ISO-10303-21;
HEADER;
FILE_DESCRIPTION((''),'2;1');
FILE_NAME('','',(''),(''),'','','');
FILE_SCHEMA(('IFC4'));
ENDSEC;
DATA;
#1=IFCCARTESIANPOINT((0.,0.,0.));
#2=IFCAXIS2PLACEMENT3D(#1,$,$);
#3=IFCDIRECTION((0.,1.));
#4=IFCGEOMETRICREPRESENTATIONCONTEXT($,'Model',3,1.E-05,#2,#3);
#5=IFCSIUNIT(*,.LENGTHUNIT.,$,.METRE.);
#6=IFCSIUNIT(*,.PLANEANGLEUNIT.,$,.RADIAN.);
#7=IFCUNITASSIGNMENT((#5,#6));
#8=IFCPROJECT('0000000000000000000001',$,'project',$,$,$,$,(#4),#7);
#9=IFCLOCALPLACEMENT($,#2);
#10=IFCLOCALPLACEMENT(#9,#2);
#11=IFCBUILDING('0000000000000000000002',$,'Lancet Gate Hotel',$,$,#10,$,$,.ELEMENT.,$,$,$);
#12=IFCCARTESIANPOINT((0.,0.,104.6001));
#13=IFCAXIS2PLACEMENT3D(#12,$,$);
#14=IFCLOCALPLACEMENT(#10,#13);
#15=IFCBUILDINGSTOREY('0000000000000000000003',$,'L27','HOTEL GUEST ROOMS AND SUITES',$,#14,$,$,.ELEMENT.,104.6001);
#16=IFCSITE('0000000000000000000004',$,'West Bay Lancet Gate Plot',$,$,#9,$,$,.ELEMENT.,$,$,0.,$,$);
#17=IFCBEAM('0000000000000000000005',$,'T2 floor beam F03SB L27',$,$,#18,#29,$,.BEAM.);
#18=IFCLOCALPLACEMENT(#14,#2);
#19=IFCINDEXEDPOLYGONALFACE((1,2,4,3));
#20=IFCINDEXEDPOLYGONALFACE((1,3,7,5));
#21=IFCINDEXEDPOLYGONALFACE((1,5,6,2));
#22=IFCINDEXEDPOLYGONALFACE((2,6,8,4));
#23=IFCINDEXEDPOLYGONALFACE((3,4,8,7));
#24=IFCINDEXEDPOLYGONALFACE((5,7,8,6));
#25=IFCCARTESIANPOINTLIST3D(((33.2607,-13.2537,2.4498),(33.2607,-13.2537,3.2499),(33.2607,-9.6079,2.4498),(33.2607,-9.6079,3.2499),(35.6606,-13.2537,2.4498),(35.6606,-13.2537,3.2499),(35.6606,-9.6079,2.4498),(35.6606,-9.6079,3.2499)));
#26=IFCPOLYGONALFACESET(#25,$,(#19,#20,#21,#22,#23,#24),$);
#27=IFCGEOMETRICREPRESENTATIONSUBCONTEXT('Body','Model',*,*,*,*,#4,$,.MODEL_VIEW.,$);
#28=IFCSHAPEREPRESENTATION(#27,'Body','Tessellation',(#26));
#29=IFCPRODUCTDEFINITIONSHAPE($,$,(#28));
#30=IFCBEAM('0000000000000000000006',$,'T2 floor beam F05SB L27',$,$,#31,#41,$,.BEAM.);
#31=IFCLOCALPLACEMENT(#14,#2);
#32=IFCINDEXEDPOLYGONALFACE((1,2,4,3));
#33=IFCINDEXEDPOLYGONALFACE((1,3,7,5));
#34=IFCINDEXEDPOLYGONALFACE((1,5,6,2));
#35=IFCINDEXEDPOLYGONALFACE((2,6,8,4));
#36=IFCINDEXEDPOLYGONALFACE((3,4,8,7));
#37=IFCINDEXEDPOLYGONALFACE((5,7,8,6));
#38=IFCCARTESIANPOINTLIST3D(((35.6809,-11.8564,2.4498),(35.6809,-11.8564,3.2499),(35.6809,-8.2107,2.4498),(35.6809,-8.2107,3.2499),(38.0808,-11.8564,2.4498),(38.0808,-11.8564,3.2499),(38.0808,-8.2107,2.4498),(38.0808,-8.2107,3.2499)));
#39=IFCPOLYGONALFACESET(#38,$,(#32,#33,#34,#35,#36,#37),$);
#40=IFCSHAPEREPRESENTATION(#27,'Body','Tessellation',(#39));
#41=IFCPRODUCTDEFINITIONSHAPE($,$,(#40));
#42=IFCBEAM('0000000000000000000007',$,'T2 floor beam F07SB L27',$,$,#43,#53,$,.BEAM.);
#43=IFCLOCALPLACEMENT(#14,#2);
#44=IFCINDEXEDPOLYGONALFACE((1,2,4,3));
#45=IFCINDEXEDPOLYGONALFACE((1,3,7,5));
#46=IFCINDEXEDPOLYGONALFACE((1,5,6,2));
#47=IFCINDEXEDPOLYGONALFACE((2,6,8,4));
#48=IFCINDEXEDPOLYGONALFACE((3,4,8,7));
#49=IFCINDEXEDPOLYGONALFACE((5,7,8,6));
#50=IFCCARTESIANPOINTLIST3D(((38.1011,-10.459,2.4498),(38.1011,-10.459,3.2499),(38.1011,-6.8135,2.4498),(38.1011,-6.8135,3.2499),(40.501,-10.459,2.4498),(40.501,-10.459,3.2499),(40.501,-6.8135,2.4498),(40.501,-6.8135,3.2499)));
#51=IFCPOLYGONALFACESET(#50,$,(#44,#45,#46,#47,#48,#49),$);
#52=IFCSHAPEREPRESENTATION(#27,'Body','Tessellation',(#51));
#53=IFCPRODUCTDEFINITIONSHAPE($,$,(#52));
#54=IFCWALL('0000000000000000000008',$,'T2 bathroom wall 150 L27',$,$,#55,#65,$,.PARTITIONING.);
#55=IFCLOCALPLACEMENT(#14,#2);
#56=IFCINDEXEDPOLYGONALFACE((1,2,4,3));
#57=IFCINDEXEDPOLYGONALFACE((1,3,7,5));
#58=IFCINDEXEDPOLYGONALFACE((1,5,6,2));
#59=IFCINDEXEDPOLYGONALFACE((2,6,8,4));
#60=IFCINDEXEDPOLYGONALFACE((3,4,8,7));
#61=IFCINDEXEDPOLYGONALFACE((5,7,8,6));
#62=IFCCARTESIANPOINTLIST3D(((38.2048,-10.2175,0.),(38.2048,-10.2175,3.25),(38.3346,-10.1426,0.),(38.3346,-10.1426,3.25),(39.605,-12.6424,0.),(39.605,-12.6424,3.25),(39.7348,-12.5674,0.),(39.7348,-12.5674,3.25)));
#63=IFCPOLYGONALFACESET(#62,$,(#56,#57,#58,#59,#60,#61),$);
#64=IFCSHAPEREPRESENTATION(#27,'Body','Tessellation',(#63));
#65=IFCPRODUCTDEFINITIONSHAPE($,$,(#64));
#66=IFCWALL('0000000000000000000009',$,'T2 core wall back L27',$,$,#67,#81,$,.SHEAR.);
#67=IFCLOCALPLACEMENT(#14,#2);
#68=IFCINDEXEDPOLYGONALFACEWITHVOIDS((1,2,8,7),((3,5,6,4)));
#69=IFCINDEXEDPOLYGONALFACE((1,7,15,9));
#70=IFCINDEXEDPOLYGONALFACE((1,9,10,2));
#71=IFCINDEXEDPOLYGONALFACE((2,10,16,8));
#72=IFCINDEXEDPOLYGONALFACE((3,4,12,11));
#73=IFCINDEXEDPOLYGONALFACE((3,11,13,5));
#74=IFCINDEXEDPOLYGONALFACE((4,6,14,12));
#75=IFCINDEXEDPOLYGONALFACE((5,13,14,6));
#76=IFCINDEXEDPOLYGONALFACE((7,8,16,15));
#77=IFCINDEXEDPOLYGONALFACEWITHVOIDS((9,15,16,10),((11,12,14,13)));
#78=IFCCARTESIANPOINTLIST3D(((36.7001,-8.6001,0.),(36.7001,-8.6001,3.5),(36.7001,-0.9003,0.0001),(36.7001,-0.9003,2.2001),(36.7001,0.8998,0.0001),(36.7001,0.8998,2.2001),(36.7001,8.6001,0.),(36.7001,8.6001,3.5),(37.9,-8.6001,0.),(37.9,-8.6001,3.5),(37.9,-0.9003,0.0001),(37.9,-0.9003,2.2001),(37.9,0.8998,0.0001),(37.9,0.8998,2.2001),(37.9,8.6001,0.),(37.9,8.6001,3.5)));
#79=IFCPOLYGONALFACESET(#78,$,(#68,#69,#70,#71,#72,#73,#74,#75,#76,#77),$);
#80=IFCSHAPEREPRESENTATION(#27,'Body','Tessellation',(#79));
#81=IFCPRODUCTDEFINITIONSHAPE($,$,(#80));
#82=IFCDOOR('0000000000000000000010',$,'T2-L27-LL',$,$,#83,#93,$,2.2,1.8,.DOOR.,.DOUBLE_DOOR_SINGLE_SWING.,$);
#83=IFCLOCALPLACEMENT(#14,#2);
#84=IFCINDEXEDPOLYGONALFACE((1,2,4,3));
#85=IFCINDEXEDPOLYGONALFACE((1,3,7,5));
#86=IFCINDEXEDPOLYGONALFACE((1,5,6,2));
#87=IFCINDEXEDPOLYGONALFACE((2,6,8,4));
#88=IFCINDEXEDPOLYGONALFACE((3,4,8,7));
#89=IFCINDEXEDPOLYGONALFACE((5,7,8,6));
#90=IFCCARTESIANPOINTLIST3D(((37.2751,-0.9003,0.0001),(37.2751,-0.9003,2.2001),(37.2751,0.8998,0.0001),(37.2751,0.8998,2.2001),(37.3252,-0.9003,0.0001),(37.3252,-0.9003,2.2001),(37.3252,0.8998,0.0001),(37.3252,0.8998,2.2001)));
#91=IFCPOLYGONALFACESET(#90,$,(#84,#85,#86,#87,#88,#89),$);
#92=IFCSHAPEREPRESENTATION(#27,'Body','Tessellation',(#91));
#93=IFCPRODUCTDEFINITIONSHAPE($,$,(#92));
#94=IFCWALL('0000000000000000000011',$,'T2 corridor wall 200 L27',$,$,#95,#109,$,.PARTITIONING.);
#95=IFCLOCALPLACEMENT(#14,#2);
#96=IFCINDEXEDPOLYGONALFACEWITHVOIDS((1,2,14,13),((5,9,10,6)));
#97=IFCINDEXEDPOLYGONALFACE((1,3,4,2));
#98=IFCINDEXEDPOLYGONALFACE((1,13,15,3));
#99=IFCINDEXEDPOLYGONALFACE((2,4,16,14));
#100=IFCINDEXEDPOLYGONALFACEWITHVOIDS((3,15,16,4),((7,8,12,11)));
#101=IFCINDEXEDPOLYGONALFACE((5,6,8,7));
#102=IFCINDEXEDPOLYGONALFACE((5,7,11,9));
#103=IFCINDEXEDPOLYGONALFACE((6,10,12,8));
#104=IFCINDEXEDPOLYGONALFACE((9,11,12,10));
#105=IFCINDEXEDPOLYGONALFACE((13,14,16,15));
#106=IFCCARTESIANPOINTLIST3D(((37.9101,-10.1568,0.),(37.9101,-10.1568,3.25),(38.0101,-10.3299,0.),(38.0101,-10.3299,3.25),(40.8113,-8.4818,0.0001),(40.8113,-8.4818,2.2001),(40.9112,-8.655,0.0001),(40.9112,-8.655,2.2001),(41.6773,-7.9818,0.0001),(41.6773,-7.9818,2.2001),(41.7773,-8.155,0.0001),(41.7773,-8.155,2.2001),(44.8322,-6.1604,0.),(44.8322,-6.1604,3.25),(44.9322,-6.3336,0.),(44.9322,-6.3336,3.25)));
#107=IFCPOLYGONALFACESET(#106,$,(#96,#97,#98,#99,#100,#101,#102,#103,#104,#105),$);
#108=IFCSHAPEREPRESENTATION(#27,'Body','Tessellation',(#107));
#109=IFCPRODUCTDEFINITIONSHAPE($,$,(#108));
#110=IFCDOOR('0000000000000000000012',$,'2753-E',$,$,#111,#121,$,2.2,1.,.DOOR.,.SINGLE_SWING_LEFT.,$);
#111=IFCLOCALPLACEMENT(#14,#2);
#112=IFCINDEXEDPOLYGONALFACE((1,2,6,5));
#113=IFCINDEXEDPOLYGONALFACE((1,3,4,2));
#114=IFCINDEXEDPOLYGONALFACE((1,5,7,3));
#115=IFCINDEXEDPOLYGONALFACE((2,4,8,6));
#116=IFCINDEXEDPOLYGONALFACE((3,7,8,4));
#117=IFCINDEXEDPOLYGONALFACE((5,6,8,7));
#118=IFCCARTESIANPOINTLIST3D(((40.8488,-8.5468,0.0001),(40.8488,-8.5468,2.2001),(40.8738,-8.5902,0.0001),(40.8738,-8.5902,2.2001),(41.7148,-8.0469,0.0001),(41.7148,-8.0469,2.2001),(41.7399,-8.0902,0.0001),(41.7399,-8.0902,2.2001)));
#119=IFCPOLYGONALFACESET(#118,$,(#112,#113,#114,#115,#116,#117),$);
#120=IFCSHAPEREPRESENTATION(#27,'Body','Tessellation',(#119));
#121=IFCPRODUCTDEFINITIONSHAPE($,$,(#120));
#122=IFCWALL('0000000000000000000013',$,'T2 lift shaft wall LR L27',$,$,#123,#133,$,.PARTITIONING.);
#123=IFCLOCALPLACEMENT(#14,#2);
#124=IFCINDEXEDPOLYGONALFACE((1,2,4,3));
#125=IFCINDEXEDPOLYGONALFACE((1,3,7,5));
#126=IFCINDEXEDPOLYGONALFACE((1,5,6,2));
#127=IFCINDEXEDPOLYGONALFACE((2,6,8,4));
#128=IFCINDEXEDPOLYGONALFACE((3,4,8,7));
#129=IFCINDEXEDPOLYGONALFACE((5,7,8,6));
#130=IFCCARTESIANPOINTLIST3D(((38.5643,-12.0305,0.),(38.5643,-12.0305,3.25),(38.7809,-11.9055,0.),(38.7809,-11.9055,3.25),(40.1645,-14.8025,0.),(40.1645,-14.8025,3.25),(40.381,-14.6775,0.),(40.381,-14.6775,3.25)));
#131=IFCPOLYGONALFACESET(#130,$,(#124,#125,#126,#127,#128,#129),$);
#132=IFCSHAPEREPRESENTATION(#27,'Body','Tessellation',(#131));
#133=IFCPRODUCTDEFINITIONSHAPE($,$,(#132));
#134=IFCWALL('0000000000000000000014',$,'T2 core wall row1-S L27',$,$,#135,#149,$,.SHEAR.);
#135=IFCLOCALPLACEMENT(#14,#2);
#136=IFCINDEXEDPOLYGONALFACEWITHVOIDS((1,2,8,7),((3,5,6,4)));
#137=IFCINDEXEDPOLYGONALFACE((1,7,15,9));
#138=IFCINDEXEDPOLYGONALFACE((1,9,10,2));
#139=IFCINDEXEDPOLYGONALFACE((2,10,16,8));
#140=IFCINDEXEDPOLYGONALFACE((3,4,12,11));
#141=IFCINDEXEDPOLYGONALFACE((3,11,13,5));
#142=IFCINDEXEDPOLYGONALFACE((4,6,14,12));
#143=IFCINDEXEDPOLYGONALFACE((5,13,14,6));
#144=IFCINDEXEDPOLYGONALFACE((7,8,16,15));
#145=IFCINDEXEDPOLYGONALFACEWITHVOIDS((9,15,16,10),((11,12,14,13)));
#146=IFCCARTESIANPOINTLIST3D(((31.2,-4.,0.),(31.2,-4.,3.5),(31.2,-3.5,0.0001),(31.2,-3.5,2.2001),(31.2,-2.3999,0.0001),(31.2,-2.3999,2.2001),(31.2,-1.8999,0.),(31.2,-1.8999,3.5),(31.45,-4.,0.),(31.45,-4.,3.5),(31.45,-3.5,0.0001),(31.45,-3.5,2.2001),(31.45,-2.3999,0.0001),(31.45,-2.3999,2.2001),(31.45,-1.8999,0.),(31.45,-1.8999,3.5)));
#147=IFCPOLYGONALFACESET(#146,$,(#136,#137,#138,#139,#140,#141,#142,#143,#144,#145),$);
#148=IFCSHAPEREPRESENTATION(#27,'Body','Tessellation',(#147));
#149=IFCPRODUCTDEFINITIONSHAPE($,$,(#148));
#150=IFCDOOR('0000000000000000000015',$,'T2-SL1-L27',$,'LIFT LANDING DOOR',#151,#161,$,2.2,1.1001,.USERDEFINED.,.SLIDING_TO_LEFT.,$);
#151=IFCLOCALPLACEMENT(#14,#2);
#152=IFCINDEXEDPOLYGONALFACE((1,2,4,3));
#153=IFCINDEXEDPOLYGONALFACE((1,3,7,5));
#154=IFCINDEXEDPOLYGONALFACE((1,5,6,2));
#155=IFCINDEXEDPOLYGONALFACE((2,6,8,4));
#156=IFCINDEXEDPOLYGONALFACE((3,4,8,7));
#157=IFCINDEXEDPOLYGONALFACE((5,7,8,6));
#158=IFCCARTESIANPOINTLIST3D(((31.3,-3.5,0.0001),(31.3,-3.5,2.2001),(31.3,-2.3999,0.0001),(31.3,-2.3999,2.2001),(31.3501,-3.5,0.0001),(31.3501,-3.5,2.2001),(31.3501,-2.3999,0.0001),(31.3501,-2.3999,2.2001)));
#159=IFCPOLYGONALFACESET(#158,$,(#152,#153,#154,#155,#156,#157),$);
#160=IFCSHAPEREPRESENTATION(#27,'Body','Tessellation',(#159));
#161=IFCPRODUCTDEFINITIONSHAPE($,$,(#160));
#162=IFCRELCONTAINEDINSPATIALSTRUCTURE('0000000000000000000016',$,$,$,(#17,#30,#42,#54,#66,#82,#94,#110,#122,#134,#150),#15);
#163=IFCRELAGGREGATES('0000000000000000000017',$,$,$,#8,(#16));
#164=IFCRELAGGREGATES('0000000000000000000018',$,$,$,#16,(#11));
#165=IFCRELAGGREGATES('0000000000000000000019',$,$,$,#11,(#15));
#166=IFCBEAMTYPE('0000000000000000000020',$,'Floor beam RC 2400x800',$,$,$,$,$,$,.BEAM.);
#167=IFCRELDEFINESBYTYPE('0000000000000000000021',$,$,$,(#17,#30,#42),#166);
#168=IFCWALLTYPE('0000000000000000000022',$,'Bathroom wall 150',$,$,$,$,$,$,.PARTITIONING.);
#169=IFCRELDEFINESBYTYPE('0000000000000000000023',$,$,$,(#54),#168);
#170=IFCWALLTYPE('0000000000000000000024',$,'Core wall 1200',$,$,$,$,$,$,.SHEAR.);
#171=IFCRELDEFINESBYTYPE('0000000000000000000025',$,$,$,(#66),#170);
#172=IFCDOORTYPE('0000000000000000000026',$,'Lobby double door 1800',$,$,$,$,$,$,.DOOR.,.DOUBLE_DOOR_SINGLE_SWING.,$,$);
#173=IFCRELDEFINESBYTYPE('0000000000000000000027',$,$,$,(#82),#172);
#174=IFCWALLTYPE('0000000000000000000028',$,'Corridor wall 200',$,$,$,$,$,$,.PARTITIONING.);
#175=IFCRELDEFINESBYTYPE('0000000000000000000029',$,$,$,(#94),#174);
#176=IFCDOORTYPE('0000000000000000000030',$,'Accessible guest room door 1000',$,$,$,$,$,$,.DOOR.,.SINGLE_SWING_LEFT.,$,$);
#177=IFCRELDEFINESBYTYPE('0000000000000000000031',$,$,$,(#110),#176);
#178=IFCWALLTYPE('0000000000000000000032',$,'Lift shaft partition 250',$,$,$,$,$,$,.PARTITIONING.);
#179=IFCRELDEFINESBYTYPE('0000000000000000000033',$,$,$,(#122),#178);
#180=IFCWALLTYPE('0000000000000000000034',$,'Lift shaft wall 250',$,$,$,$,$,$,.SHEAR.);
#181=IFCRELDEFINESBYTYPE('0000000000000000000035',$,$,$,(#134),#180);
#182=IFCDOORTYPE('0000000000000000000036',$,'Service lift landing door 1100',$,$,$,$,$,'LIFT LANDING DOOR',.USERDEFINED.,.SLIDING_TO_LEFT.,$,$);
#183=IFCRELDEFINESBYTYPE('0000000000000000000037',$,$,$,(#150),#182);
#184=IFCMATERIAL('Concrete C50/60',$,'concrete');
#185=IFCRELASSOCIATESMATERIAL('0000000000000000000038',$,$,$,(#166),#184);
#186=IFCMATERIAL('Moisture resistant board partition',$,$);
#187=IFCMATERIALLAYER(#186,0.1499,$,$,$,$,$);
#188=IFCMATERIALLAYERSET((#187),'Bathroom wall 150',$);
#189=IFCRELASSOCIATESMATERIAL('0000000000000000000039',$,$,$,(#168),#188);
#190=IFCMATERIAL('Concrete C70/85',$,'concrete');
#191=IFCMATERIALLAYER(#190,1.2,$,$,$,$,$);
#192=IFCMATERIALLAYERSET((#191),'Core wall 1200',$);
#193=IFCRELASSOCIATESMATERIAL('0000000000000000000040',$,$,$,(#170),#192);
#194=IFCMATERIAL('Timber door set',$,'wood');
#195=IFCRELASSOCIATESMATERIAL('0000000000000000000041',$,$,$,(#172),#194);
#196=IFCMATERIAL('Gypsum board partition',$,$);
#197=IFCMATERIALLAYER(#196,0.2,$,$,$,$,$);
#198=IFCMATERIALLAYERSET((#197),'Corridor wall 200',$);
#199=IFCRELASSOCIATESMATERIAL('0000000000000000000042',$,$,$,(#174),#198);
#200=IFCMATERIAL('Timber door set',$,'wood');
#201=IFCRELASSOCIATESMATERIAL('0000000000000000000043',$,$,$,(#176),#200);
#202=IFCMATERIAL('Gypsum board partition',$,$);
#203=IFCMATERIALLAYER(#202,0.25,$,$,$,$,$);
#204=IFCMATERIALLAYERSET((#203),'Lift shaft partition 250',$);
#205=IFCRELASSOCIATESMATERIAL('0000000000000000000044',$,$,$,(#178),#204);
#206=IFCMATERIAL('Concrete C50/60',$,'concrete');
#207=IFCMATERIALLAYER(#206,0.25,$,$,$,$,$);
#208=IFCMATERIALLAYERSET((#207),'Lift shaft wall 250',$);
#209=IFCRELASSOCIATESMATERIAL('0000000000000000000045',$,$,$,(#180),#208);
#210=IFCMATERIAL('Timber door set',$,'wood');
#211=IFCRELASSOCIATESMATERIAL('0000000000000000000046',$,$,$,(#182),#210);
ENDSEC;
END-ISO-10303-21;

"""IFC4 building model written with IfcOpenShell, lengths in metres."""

from ifc_helpers import new_model, si_unit, direction, frame, frame_2d, origin, origin_2d, place, context, subcontext, project, spatial, rectangle, extrude, material, layer, layer_set, material_profile, profile_set, type_object, element, fill, save


model = new_model("IFC4")

# Units and contexts
model_context = context("Model", 3, precision=1e-05, world=origin(), true_north=direction((0.0, 1.0)))
body_context = subcontext(model_context, "Body", "Model", "MODEL_VIEW")
ifc_project = project(units=[si_unit("LENGTHUNIT", "METRE"), si_unit("PLANEANGLEUNIT", "RADIAN")], contexts=[model_context])

# Site, building, storey
site_placement = place(None, origin())
site = spatial("IfcSite", under=ifc_project, at=site_placement, Name="West Bay Lancet Gate Plot", CompositionType="ELEMENT", RefElevation=0.0)
building_placement = place(site_placement, origin())
building = spatial("IfcBuilding", under=site, at=building_placement, Name="Lancet Gate Hotel", CompositionType="ELEMENT")
storey_placement = place(building_placement, frame((0.0, 0.0, 104.6001)))
storey = spatial("IfcBuildingStorey", under=building, at=storey_placement, Name="L27", Description="HOTEL GUEST ROOMS AND SUITES", CompositionType="ELEMENT", Elevation=104.6001)

# Beams
ifc_material_1 = material(Name="Concrete C50/60", Category="concrete")
ifc_material_profile = material_profile(ifc_material_1, rectangle(XDim=2.3999, YDim=0.8, at=origin_2d()), Name="RC 2400x800")
ifc_profile_set = profile_set([ifc_material_profile], Name="Concrete C50/60")
beam_type = type_object("IfcBeamType", Name="Floor beam RC 2400x800", PredefinedType="BEAM", material=ifc_profile_set)
for number, where, z_axis, x_axis, name in (
    (1, (34.4607, -13.2537, 2.8499), (0.0, 1.0, 0.0), (-1.0, 0.0, 0.0), "T2 floor beam F03SB L27"),
    (2, (36.8809, -11.8564, 2.8499), (0.0, 1.0, 0.0), (-1.0, 0.0, 0.0), "T2 floor beam F05SB L27"),
):
    element("IfcBeam", number, at=place(storey_placement, frame(where, z_axis=z_axis, x_axis=x_axis)), inside=storey, type_object=beam_type, Name=name, PredefinedType="BEAM", context=body_context, shape_type="SweptSolid", body=[
        extrude(rectangle(XDim=2.3999, YDim=0.8, at=origin_2d()), origin(), (0.0, 0.0, 1.0), 3.6458),
    ])
beam_placement = place(storey_placement, frame((39.301, -10.459, 2.8499), z_axis=(0.0, 1.0, 0.0), x_axis=(-1.0, 0.0, 0.0)))
element("IfcBeam", 3, at=beam_placement, inside=storey, type_object=beam_type, Name="T2 floor beam F07SB L27", PredefinedType="BEAM", context=body_context, shape_type="SweptSolid", body=[
    extrude(rectangle(XDim=2.3999, YDim=0.8, at=origin_2d()), origin(), (0.0, 0.0, 1.0), 3.6455),
])

# Wall
ifc_material_2 = material(Name="Moisture resistant board partition")
ifc_layer_1 = layer(ifc_material_2, 0.1499)
ifc_layer_set_1 = layer_set([ifc_layer_1], Name="Bathroom wall 150")
wall_type_1 = type_object("IfcWallType", Name="Bathroom wall 150", PredefinedType="PARTITIONING", material=ifc_layer_set_1)
wall_1_placement = place(storey_placement, frame((38.2698, -10.1802, 0.0), z_axis=(0.0, 0.0, 1.0), x_axis=(0.50005, -0.865997, 0.0)))
element("IfcWall", 4, at=wall_1_placement, inside=storey, type_object=wall_type_1, Name="T2 bathroom wall 150 L27", PredefinedType="PARTITIONING", context=body_context, shape_type="SweptSolid", body=[
    extrude(rectangle(XDim=2.8, YDim=0.1499, at=frame_2d((1.3999, 0.0))), origin(), (0.0, 0.0, 1.0), 3.25),
])

# Walls, openings, doors
ifc_material_3 = material(Name="Concrete C70/85", Category="concrete")
ifc_layer_2 = layer(ifc_material_3, 1.2)
ifc_layer_set_2 = layer_set([ifc_layer_2], Name="Core wall 1200")
wall_type_2 = type_object("IfcWallType", Name="Core wall 1200", PredefinedType="SHEAR", material=ifc_layer_set_2)
wall_2_placement = place(storey_placement, frame((37.3, -8.6001, 0.0), z_axis=(0.0, 0.0, 1.0), x_axis=(0.0, 1.0, 0.0)))
wall_2 = element("IfcWall", 5, at=wall_2_placement, inside=storey, type_object=wall_type_2, Name="T2 core wall back L27", PredefinedType="SHEAR", context=body_context, shape_type="SweptSolid", body=[
    extrude(rectangle(XDim=17.2002, YDim=1.2, at=frame_2d((8.6001, 0.0))), origin(), (0.0, 0.0, 1.0), 3.5),
])
opening_1_placement = place(wall_2_placement, frame((7.7, 0.0, 0.0)))
opening_1 = element("IfcOpeningElement", 6, at=opening_1_placement, cuts=wall_2, PredefinedType="OPENING", context=body_context, shape_type="SweptSolid", body=[
    extrude(rectangle(XDim=1.8, YDim=2.2, at=frame_2d((0.8999, 1.1001))), frame((0.0, 0.6099, 0.0), z_axis=(0.0, -1.0, 0.0), x_axis=(1.0, 0.0, 0.0)), (0.0, 0.0, 1.0), 1.22),
])
ifc_material_4 = material(Name="Timber door set", Category="wood")
door_type_1 = type_object("IfcDoorType", Name="Lobby double door 1800", OperationType="DOUBLE_DOOR_SINGLE_SWING", PredefinedType="DOOR", material=ifc_material_4)
door_1_placement = place(opening_1_placement, origin())
door_1 = element("IfcDoor", 7, at=door_1_placement, inside=storey, type_object=door_type_1, Name="T2-L27-LL", OperationType="DOUBLE_DOOR_SINGLE_SWING", OverallHeight=2.2, OverallWidth=1.8, PredefinedType="DOOR", context=body_context, shape_type="SweptSolid", body=[
    extrude(rectangle(XDim=1.8, YDim=2.2, at=frame_2d((0.8999, 1.1001))), frame((0.0, 0.0249, 0.0), z_axis=(0.0, -1.0, 0.0), x_axis=(1.0, 0.0, 0.0)), (0.0, 0.0, 1.0), 0.05),
])
fill(opening_1, door_1)
ifc_material_5 = material(Name="Gypsum board partition")
ifc_layer_3 = layer(ifc_material_5, 0.2)
ifc_layer_set_3 = layer_set([ifc_layer_3], Name="Corridor wall 200")
wall_type_3 = type_object("IfcWallType", Name="Corridor wall 200", PredefinedType="PARTITIONING", material=ifc_layer_set_3)
wall_3_placement = place(storey_placement, frame((37.96, -10.2434, 0.0), z_axis=(0.0, 0.0, 1.0), x_axis=(0.866034, 0.499986, 0.0)))
wall_3 = element("IfcWall", 8, at=wall_3_placement, inside=storey, type_object=wall_type_3, Name="T2 corridor wall 200 L27", PredefinedType="PARTITIONING", context=body_context, shape_type="SweptSolid", body=[
    extrude(rectangle(XDim=7.9929, YDim=0.2, at=frame_2d((3.9966, 0.0))), origin(), (0.0, 0.0, 1.0), 3.25),
])
opening_2_placement = place(wall_3_placement, frame((3.3501, 0.0, 0.0)))
opening_2 = element("IfcOpeningElement", 9, at=opening_2_placement, cuts=wall_3, PredefinedType="OPENING", context=body_context, shape_type="SweptSolid", body=[
    extrude(rectangle(XDim=1.0, YDim=2.2, at=frame_2d((0.5, 1.1001))), frame((0.0, 0.1099, 0.0), z_axis=(0.0, -1.0, 0.0), x_axis=(1.0, 0.0, 0.0)), (0.0, 0.0, 1.0), 0.22),
])
ifc_material_6 = material(Name="Timber door set", Category="wood")
door_type_2 = type_object("IfcDoorType", Name="Accessible guest room door 1000", OperationType="SINGLE_SWING_LEFT", PredefinedType="DOOR", material=ifc_material_6)
door_2_placement = place(opening_2_placement, origin())
door_2 = element("IfcDoor", 10, at=door_2_placement, inside=storey, type_object=door_type_2, Name="2753-E", OperationType="SINGLE_SWING_LEFT", OverallHeight=2.2, OverallWidth=1.0, PredefinedType="DOOR", context=body_context, shape_type="SweptSolid", body=[
    extrude(rectangle(XDim=1.0, YDim=2.2, at=frame_2d((0.5, 1.1001))), frame((0.0, 0.0249, 0.0), z_axis=(0.0, -1.0, 0.0), x_axis=(1.0, 0.0, 0.0)), (0.0, 0.0, 1.0), 0.05),
])
fill(opening_2, door_2)

# Wall
ifc_material_7 = material(Name="Gypsum board partition")
ifc_layer_4 = layer(ifc_material_7, 0.25)
ifc_layer_set_4 = layer_set([ifc_layer_4], Name="Lift shaft partition 250")
wall_type_4 = type_object("IfcWallType", Name="Lift shaft partition 250", PredefinedType="PARTITIONING", material=ifc_layer_set_4)
wall_4_placement = place(storey_placement, frame((38.6726, -11.968, 0.0), z_axis=(0.0, 0.0, 1.0), x_axis=(0.499929, -0.866066, 0.0)))
element("IfcWall", 11, at=wall_4_placement, inside=storey, type_object=wall_type_4, Name="T2 lift shaft wall LR L27", PredefinedType="PARTITIONING", context=body_context, shape_type="SweptSolid", body=[
    extrude(rectangle(XDim=3.2007, YDim=0.25, at=frame_2d((1.6003, 0.0))), origin(), (0.0, 0.0, 1.0), 3.25),
])

# Wall, opening, door
ifc_material_8 = material(Name="Concrete C50/60", Category="concrete")
ifc_layer_5 = layer(ifc_material_8, 0.25)
ifc_layer_set_5 = layer_set([ifc_layer_5], Name="Lift shaft wall 250")
wall_type_5 = type_object("IfcWallType", Name="Lift shaft wall 250", PredefinedType="SHEAR", material=ifc_layer_set_5)
wall_5_placement = place(storey_placement, frame((31.325, -4.0, 0.0), z_axis=(0.0, 0.0, 1.0), x_axis=(0.0, 1.0, 0.0)))
wall_5 = element("IfcWall", 12, at=wall_5_placement, inside=storey, type_object=wall_type_5, Name="T2 core wall row1-S L27", PredefinedType="SHEAR", context=body_context, shape_type="SweptSolid", body=[
    extrude(rectangle(XDim=2.1001, YDim=0.25, at=frame_2d((1.05, 0.0))), origin(), (0.0, 0.0, 1.0), 3.5),
])
opening_3_placement = place(wall_5_placement, frame((0.5, 0.0, 0.0)))
opening_3 = element("IfcOpeningElement", 13, at=opening_3_placement, cuts=wall_5, PredefinedType="OPENING", context=body_context, shape_type="SweptSolid", body=[
    extrude(rectangle(XDim=1.1001, YDim=2.2, at=frame_2d((0.55, 1.1001))), frame((0.0, 0.135, 0.0), z_axis=(0.0, -1.0, 0.0), x_axis=(1.0, 0.0, 0.0)), (0.0, 0.0, 1.0), 0.27),
])
ifc_material_9 = material(Name="Timber door set", Category="wood")
door_type_3 = type_object("IfcDoorType", Name="Service lift landing door 1100", ElementType="LIFT LANDING DOOR", OperationType="SLIDING_TO_LEFT", PredefinedType="USERDEFINED", material=ifc_material_9)
door_3_placement = place(opening_3_placement, origin())
door_3 = element("IfcDoor", 14, at=door_3_placement, inside=storey, type_object=door_type_3, Name="T2-SL1-L27", ObjectType="LIFT LANDING DOOR", OperationType="SLIDING_TO_LEFT", OverallHeight=2.2, OverallWidth=1.1001, PredefinedType="USERDEFINED", context=body_context, shape_type="SweptSolid", body=[
    extrude(rectangle(XDim=1.1001, YDim=2.2, at=frame_2d((0.55, 1.1001))), frame((0.0, 0.0249, 0.0), z_axis=(0.0, -1.0, 0.0), x_axis=(1.0, 0.0, 0.0)), (0.0, 0.0, 1.0), 0.05),
])
fill(opening_3, door_3)

save(model, "model.ifc")
